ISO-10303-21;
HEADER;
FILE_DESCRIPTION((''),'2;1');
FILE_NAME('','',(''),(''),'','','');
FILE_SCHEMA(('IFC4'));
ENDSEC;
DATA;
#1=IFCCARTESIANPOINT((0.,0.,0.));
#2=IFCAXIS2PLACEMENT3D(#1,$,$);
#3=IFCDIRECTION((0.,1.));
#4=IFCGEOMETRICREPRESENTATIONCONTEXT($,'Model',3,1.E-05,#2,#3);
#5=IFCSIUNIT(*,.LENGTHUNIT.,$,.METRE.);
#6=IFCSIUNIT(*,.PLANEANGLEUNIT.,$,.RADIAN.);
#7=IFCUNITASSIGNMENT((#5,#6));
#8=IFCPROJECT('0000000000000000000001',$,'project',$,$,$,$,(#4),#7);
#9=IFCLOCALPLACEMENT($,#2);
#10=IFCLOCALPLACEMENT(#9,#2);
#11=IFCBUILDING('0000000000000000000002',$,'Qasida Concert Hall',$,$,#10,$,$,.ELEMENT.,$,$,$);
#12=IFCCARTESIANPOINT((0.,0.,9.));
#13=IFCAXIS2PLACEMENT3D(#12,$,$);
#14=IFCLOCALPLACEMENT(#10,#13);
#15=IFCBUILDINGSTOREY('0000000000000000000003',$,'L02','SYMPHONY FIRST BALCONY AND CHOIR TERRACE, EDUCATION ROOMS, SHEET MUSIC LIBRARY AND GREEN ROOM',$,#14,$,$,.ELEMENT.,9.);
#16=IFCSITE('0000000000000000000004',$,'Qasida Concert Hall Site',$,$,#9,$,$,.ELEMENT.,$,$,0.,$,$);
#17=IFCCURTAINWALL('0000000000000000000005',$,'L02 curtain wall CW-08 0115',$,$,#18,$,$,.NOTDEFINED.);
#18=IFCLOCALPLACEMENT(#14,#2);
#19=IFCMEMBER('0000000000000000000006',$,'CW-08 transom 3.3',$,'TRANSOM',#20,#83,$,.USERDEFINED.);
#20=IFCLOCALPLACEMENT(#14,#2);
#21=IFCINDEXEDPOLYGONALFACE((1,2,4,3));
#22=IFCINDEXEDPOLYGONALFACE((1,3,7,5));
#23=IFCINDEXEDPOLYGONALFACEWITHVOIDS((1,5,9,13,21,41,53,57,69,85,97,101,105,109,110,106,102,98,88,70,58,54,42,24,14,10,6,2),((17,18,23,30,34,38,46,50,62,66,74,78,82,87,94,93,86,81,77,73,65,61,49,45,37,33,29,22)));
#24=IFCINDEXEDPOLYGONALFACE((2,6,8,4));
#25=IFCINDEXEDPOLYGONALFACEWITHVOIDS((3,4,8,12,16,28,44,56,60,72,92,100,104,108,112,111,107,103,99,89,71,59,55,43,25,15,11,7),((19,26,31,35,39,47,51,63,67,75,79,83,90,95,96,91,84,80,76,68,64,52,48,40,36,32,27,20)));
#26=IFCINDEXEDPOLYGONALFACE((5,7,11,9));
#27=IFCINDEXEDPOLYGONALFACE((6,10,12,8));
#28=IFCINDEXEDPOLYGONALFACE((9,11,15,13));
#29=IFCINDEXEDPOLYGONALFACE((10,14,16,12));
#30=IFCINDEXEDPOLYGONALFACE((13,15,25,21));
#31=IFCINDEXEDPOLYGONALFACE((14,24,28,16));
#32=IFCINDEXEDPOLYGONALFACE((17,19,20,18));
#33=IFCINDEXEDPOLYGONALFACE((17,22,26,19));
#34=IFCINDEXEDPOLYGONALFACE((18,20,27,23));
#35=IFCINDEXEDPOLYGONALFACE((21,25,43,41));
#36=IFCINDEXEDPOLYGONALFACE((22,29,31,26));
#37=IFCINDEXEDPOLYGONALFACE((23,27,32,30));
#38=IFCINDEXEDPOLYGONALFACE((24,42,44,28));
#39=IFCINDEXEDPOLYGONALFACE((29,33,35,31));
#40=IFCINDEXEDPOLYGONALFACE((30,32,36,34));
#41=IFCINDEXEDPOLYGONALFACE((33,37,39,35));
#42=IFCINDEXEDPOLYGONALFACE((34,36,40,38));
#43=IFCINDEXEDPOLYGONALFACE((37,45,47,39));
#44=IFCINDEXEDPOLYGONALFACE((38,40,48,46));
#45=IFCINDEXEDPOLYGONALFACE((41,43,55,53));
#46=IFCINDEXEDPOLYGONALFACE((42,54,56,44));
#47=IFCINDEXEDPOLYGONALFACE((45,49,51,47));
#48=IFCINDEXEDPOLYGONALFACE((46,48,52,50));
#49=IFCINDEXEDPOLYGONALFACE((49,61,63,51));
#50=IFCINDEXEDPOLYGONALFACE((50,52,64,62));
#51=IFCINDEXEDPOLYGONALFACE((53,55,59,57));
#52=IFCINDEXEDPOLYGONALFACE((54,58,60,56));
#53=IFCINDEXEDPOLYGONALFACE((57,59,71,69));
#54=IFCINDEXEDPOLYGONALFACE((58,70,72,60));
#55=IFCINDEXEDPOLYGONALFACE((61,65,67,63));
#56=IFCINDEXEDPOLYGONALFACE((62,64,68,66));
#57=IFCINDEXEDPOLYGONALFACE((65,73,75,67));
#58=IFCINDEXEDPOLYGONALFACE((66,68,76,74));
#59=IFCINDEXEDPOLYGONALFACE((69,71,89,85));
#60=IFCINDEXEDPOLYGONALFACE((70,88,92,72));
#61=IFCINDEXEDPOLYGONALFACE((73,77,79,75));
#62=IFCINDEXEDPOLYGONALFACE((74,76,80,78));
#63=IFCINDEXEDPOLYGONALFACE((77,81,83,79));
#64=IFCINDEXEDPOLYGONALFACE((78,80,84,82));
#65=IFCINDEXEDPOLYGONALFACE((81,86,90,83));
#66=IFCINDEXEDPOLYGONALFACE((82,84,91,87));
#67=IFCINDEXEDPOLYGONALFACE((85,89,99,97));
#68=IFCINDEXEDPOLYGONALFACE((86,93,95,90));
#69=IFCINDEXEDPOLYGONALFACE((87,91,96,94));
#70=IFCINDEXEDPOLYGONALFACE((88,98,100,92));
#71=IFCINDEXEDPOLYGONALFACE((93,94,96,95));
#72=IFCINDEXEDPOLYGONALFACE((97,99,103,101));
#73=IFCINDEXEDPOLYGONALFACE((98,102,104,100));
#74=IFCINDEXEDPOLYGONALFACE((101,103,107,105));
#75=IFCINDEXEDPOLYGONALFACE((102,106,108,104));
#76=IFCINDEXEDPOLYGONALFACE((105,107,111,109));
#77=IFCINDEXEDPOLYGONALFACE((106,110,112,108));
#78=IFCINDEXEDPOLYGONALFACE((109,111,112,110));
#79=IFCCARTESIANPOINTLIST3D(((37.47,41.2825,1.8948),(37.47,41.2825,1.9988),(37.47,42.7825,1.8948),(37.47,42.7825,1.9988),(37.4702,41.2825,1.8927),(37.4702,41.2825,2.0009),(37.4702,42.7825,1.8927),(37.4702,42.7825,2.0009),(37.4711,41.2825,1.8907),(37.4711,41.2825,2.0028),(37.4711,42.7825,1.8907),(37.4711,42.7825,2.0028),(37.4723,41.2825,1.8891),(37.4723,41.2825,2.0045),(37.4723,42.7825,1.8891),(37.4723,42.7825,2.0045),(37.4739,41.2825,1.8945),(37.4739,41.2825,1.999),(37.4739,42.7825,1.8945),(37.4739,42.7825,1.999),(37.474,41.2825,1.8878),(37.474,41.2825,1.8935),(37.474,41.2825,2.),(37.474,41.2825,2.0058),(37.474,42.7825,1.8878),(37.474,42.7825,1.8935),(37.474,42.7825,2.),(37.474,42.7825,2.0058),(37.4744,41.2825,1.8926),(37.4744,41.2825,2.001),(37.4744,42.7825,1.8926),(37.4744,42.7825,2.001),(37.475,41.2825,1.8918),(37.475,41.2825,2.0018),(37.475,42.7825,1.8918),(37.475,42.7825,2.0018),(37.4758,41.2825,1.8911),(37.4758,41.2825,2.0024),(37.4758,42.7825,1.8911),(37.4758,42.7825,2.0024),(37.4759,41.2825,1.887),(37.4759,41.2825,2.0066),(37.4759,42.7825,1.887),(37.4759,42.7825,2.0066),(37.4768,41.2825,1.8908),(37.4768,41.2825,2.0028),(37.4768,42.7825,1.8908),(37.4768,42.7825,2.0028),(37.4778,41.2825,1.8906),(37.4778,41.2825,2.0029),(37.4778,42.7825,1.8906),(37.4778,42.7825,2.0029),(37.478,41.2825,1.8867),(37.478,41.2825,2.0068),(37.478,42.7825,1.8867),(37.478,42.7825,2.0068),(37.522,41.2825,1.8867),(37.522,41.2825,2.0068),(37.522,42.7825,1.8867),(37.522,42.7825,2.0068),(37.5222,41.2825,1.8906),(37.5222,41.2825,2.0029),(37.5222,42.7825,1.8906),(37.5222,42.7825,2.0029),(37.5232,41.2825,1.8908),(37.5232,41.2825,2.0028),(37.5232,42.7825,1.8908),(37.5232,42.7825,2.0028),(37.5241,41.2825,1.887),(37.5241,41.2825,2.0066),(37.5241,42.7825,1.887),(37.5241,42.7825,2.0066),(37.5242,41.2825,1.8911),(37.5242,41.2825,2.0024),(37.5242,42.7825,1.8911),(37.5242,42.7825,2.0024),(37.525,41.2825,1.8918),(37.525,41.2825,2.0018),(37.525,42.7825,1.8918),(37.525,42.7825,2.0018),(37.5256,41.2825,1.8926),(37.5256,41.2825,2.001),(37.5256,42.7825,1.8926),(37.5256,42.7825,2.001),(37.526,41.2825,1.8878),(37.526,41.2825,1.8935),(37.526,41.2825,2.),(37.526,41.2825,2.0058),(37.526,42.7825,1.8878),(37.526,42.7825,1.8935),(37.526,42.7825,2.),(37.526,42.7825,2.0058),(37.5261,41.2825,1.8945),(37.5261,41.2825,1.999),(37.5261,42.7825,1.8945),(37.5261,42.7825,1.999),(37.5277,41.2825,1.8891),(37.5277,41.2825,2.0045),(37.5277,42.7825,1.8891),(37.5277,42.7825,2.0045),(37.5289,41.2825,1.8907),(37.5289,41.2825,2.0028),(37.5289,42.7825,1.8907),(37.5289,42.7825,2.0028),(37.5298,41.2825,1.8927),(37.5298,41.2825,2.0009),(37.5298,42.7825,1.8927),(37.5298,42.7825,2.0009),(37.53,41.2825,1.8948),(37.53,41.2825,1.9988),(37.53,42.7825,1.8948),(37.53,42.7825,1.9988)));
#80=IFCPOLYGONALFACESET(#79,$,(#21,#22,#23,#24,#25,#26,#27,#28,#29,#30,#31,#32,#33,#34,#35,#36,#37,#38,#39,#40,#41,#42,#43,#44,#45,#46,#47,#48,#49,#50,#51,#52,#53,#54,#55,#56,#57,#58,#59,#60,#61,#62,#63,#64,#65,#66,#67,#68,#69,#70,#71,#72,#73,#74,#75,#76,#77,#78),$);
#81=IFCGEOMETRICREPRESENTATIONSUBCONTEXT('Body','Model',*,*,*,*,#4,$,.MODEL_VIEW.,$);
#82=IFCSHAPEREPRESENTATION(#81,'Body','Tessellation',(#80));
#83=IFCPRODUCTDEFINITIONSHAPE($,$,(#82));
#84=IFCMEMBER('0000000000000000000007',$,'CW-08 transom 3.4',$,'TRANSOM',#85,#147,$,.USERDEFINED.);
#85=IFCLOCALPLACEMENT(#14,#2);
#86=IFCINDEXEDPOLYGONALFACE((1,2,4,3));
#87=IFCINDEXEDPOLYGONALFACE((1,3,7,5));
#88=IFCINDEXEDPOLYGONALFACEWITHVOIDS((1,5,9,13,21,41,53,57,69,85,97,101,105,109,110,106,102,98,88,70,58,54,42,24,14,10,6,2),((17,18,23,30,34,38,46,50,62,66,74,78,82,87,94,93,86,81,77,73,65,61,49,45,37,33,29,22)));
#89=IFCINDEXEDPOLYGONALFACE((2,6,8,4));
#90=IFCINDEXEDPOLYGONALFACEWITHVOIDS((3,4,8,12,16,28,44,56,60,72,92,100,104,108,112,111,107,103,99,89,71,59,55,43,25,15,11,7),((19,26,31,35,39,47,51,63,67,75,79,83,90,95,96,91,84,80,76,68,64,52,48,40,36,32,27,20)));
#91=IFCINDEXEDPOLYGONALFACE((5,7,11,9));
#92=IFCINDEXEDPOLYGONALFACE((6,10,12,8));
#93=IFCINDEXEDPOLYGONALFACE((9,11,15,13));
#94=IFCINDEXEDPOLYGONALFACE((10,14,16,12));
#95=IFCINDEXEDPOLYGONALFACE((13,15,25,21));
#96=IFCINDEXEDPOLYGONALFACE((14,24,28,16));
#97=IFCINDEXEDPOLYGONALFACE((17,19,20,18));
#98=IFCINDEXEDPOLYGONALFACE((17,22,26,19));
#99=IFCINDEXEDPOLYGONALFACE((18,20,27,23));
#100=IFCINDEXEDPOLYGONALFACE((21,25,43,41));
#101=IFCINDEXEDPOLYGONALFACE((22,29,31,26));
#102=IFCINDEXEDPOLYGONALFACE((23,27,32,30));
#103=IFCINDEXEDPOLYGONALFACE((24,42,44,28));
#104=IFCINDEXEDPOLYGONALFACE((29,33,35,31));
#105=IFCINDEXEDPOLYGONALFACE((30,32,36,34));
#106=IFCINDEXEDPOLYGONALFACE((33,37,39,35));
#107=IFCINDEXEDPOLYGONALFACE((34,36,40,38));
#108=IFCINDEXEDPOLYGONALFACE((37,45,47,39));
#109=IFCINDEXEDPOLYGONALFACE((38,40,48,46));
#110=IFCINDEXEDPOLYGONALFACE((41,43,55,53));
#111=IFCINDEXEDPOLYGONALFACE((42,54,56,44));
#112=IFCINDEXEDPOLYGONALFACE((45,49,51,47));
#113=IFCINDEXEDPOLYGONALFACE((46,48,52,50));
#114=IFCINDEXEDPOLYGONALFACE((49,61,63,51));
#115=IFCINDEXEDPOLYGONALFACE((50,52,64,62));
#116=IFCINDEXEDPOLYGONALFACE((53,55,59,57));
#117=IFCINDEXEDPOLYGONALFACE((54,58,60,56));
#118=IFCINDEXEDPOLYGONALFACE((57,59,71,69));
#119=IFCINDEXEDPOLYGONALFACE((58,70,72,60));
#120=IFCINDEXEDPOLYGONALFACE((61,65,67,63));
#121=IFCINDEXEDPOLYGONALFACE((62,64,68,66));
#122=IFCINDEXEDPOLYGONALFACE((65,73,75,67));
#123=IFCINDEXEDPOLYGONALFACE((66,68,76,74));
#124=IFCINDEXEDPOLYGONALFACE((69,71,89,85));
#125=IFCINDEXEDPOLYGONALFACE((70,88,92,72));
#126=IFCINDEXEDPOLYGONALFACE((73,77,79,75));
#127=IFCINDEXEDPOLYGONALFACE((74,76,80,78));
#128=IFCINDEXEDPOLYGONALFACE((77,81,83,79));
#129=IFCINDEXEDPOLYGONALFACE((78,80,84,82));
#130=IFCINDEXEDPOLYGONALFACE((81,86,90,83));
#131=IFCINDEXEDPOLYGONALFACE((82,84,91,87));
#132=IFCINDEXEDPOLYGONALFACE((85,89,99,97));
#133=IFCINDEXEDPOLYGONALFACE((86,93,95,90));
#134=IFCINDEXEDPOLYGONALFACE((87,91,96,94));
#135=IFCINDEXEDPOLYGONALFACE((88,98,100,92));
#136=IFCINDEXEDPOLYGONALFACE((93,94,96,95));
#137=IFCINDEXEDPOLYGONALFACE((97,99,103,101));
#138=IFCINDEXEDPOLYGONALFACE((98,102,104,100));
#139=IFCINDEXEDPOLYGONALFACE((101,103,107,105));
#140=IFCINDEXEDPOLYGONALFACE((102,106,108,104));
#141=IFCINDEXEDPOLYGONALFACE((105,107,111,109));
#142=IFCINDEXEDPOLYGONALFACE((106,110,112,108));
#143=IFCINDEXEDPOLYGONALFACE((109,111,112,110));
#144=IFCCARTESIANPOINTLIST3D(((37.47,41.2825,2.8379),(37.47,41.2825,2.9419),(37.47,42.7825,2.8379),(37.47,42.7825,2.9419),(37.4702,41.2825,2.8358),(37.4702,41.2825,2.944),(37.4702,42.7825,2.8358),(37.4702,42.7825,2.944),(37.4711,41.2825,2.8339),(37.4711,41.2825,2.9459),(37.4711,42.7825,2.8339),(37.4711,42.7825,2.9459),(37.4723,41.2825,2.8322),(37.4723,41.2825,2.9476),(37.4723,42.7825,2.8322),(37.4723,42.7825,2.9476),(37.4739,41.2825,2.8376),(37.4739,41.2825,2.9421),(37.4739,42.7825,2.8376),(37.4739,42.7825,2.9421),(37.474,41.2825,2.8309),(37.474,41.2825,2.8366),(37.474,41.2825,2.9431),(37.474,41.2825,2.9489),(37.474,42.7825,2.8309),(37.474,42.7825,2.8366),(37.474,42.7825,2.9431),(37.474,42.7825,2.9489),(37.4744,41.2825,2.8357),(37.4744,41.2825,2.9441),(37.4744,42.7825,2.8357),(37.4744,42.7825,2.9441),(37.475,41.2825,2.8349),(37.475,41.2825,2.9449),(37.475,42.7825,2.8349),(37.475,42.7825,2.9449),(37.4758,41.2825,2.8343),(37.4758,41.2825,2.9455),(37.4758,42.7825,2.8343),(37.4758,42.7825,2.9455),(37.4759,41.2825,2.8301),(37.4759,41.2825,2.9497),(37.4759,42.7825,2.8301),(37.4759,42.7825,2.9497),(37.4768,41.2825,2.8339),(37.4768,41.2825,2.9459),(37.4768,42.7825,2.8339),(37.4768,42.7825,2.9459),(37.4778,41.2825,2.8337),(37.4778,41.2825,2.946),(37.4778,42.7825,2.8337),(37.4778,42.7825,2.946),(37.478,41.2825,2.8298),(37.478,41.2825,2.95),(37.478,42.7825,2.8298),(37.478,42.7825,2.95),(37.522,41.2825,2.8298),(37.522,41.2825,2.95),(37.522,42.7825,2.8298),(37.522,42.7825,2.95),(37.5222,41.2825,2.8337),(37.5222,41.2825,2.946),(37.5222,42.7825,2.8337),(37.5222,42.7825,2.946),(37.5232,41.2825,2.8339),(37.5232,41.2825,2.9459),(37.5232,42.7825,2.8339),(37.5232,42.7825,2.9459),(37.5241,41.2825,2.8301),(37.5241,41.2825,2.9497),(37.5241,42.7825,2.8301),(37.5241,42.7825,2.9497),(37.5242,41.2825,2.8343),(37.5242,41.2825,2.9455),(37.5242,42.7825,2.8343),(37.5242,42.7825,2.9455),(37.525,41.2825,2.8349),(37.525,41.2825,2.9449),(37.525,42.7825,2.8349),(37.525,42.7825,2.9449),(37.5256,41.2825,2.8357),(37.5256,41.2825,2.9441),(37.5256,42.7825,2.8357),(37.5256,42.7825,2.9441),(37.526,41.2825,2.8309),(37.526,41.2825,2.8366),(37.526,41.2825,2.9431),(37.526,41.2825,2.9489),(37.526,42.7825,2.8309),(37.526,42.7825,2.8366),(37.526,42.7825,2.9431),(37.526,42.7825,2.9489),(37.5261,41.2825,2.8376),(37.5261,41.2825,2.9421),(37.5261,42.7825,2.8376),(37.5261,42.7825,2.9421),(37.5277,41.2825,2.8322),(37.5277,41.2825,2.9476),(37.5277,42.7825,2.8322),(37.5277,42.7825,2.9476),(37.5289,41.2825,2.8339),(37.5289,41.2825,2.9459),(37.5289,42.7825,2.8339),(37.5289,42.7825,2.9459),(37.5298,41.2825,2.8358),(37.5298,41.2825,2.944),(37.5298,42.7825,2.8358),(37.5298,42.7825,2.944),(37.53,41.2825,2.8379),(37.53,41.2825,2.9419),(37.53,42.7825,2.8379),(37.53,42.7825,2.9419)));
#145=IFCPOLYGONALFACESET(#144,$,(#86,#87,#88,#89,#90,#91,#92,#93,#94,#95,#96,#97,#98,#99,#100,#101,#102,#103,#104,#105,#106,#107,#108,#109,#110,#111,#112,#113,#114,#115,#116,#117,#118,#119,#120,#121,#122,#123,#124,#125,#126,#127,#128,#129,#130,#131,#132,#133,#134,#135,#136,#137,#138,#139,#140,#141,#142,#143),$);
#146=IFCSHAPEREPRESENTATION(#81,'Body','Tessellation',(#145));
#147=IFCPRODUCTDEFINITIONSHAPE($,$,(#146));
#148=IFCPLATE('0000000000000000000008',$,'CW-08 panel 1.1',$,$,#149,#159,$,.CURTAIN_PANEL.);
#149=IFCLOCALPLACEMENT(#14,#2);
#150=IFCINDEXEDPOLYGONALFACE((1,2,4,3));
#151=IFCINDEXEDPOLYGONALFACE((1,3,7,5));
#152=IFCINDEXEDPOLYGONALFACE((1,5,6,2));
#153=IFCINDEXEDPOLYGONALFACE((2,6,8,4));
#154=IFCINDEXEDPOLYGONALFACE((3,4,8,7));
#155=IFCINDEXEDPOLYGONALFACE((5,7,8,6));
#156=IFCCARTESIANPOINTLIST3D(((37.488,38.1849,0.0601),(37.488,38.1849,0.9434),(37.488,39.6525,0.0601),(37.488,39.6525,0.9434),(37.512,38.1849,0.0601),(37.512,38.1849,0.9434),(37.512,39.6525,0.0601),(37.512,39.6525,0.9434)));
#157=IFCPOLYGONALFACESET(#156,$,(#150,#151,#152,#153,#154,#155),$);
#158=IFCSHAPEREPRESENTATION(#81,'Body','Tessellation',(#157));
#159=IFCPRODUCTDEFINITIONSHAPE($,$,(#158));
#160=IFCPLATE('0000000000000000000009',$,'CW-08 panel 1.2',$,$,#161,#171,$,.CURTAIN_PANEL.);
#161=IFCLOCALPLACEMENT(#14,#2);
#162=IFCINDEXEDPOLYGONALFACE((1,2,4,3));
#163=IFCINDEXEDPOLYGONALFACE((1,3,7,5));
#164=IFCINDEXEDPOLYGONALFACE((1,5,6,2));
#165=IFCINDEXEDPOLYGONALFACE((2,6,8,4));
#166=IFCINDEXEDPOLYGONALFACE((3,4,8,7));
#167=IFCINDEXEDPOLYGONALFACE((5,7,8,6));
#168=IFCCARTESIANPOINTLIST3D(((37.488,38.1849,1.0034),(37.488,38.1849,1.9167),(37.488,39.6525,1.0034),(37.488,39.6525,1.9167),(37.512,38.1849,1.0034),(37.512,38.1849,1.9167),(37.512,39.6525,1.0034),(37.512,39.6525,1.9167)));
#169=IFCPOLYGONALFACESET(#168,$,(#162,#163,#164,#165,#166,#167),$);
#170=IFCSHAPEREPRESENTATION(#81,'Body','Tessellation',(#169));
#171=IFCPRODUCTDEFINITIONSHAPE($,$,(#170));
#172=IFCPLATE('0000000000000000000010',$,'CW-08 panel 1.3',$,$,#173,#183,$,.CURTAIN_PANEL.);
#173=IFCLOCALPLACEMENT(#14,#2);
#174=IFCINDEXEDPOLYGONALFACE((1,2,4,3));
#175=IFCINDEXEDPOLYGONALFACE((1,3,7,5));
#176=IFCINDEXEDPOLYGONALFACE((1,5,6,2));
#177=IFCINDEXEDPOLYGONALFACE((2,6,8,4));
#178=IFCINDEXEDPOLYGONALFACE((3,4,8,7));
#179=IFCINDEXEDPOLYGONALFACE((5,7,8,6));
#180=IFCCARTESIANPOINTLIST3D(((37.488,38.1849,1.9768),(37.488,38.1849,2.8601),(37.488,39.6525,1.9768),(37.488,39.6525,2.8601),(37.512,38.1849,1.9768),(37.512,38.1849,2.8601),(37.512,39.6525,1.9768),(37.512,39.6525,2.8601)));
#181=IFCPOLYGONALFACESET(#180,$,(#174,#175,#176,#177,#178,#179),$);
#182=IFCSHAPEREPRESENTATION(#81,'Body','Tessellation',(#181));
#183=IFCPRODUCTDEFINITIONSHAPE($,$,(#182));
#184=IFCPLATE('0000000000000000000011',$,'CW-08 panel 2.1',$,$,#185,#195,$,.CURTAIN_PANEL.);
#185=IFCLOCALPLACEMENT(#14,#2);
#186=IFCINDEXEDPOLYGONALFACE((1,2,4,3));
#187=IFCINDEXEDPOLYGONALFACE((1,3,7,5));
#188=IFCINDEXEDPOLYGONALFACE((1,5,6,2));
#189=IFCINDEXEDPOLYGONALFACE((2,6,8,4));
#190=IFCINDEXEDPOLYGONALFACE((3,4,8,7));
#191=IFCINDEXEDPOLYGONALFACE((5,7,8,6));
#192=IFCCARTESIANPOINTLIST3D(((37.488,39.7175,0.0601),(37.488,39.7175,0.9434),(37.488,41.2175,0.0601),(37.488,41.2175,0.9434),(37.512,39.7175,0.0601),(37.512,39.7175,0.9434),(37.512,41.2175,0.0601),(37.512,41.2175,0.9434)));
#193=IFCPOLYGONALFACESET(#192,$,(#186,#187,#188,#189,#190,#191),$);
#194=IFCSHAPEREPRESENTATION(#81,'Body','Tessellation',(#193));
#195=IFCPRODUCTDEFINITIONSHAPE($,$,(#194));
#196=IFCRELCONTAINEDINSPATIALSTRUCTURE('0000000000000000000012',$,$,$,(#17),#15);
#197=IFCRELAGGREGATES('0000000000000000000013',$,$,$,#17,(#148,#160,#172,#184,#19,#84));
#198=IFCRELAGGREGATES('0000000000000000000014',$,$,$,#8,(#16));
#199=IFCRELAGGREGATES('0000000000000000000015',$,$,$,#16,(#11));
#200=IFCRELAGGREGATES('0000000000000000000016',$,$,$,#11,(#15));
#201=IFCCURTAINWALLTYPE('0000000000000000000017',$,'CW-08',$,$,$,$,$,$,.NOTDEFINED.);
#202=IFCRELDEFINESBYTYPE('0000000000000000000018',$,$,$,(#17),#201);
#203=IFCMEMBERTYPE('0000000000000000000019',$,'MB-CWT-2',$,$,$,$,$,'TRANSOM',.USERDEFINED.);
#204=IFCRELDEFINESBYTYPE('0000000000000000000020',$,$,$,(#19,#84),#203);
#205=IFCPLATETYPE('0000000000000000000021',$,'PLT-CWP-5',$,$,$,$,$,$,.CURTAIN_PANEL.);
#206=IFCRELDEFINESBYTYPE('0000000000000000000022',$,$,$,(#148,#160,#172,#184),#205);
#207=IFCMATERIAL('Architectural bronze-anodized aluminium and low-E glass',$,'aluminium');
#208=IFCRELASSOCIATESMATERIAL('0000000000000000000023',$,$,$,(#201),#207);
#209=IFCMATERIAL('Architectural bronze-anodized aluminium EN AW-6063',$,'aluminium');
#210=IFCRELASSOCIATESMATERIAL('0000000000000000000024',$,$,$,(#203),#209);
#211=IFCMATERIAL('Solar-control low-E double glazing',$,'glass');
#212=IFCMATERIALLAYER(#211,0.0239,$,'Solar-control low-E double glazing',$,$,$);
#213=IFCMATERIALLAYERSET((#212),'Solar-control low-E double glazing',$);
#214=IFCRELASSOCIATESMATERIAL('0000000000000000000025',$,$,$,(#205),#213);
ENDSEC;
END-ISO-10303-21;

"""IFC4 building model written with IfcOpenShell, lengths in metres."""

from ifc_helpers import new_model, si_unit, direction, frame, origin, origin_2d, place, context, subcontext, project, spatial, rectangle, hollow_rectangle, extrude, material, layer, layer_set, material_profile, profile_set, type_object, element, aggregate, save


model = new_model("IFC4")

# Units and contexts
model_context = context("Model", 3, precision=1e-05, world=origin(), true_north=direction((0.0, 1.0)))
body_context = subcontext(model_context, "Body", "Model", "MODEL_VIEW")
ifc_project = project(units=[si_unit("LENGTHUNIT", "METRE"), si_unit("PLANEANGLEUNIT", "RADIAN")], contexts=[model_context])

# Site, building, storey
site_placement = place(None, origin())
site = spatial("IfcSite", under=ifc_project, at=site_placement, Name="Qasida Concert Hall Site", CompositionType="ELEMENT", RefElevation=0.0)
building_placement = place(site_placement, origin())
building = spatial("IfcBuilding", under=site, at=building_placement, Name="Qasida Concert Hall", CompositionType="ELEMENT")
storey_placement = place(building_placement, frame((0.0, 0.0, 9.0)))
storey = spatial("IfcBuildingStorey", under=building, at=storey_placement, Name="L02", Description="SYMPHONY FIRST BALCONY AND CHOIR TERRACE, EDUCATION ROOMS, SHEET MUSIC LIBRARY AND GREEN ROOM", CompositionType="ELEMENT", Elevation=9.0)

# Curtain wall, members, plates
ifc_material_1 = material(Name="Architectural bronze-anodized aluminium and low-E glass", Category="aluminium")
curtain_wall_type = type_object("IfcCurtainWallType", Name="CW-08", PredefinedType="NOTDEFINED", material=ifc_material_1)
curtain_wall_1_placement = place(storey_placement, origin())
curtain_wall_1 = element("IfcCurtainWall", 1, at=curtain_wall_1_placement, inside=storey, type_object=curtain_wall_type, Name="L02 curtain wall CW-08 0115", PredefinedType="NOTDEFINED")
ifc_material_2 = material(Name="Architectural bronze-anodized aluminium EN AW-6063", Category="aluminium")
ifc_material_profile_1 = material_profile(ifc_material_2, hollow_rectangle(XDim=0.0601, YDim=0.1201, WallThickness=0.0039, InnerFilletRadius=0.0039, OuterFilletRadius=0.0081, at=origin_2d()), Name="CWT 120x60x4")
ifc_profile_set_1 = profile_set([ifc_material_profile_1], Name="Architectural bronze-anodized aluminium EN AW-6063")
member_type_1 = type_object("IfcMemberType", Name="MB-CWT-2", ElementType="TRANSOM", PredefinedType="USERDEFINED", material=ifc_profile_set_1)
member_1_placement = place(storey_placement, frame((37.5, 41.2825, 1.9468), z_axis=(0.0, 1.0, 0.0), x_axis=(-1.0, 0.0, 0.0)))
member_1 = element("IfcMember", 2, at=member_1_placement, type_object=member_type_1, Name="CW-08 transom 3.3", ObjectType="TRANSOM", PredefinedType="USERDEFINED", context=body_context, shape_type="SweptSolid", body=[
    extrude(hollow_rectangle(XDim=0.0601, YDim=0.1201, WallThickness=0.0039, InnerFilletRadius=0.0039, OuterFilletRadius=0.0081, at=origin_2d()), origin(), (0.0, 0.0, 1.0), 1.5),
])
member_2_placement = place(storey_placement, frame((37.5, 41.2825, 2.8899), z_axis=(0.0, 1.0, 0.0), x_axis=(-1.0, 0.0, 0.0)))
member_2 = element("IfcMember", 3, at=member_2_placement, type_object=member_type_1, Name="CW-08 transom 3.4", ObjectType="TRANSOM", PredefinedType="USERDEFINED", context=body_context, shape_type="SweptSolid", body=[
    extrude(hollow_rectangle(XDim=0.0601, YDim=0.1201, WallThickness=0.0039, InnerFilletRadius=0.0039, OuterFilletRadius=0.0081, at=origin_2d()), origin(), (0.0, 0.0, 1.0), 1.5),
])
ifc_material_3 = material(Name="Solar-control low-E double glazing", Category="glass")
ifc_layer = layer(ifc_material_3, 0.0239, Name="Solar-control low-E double glazing")
ifc_layer_set = layer_set([ifc_layer], Name="Solar-control low-E double glazing")
plate_type = type_object("IfcPlateType", Name="PLT-CWP-5", PredefinedType="CURTAIN_PANEL", material=ifc_layer_set)
plate_1_placement = place(storey_placement, frame((37.5, 38.9187, 0.0601), z_axis=(0.0, 0.0, 1.0), x_axis=(0.0, 1.0, 0.0)))
plate_1 = element("IfcPlate", 4, at=plate_1_placement, type_object=plate_type, Name="CW-08 panel 1.1", PredefinedType="CURTAIN_PANEL", context=body_context, shape_type="SweptSolid", body=[
    extrude(rectangle(XDim=1.4675, YDim=0.0239, at=origin_2d()), origin(), (0.0, 0.0, 1.0), 0.8833),
])
plate_2_placement = place(storey_placement, frame((37.5, 38.9187, 1.0034), z_axis=(0.0, 0.0, 1.0), x_axis=(0.0, 1.0, 0.0)))
plate_2 = element("IfcPlate", 5, at=plate_2_placement, type_object=plate_type, Name="CW-08 panel 1.2", PredefinedType="CURTAIN_PANEL", context=body_context, shape_type="SweptSolid", body=[
    extrude(rectangle(XDim=1.4675, YDim=0.0239, at=origin_2d()), origin(), (0.0, 0.0, 1.0), 0.9133),
])
plate_3_placement = place(storey_placement, frame((37.5, 38.9187, 1.9768), z_axis=(0.0, 0.0, 1.0), x_axis=(0.0, 1.0, 0.0)))
plate_3 = element("IfcPlate", 6, at=plate_3_placement, type_object=plate_type, Name="CW-08 panel 1.3", PredefinedType="CURTAIN_PANEL", context=body_context, shape_type="SweptSolid", body=[
    extrude(rectangle(XDim=1.4675, YDim=0.0239, at=origin_2d()), origin(), (0.0, 0.0, 1.0), 0.8833),
])
plate_4_placement = place(storey_placement, frame((37.5, 40.4675, 0.0601), z_axis=(0.0, 0.0, 1.0), x_axis=(0.0, 1.0, 0.0)))
plate_4 = element("IfcPlate", 7, at=plate_4_placement, type_object=plate_type, Name="CW-08 panel 2.1", PredefinedType="CURTAIN_PANEL", context=body_context, shape_type="SweptSolid", body=[
    extrude(rectangle(XDim=1.5, YDim=0.0239, at=origin_2d()), origin(), (0.0, 0.0, 1.0), 0.8833),
])
aggregate(curtain_wall_1, [plate_1, plate_2, plate_3, plate_4, member_1, member_2])

save(model, "model.ifc")
